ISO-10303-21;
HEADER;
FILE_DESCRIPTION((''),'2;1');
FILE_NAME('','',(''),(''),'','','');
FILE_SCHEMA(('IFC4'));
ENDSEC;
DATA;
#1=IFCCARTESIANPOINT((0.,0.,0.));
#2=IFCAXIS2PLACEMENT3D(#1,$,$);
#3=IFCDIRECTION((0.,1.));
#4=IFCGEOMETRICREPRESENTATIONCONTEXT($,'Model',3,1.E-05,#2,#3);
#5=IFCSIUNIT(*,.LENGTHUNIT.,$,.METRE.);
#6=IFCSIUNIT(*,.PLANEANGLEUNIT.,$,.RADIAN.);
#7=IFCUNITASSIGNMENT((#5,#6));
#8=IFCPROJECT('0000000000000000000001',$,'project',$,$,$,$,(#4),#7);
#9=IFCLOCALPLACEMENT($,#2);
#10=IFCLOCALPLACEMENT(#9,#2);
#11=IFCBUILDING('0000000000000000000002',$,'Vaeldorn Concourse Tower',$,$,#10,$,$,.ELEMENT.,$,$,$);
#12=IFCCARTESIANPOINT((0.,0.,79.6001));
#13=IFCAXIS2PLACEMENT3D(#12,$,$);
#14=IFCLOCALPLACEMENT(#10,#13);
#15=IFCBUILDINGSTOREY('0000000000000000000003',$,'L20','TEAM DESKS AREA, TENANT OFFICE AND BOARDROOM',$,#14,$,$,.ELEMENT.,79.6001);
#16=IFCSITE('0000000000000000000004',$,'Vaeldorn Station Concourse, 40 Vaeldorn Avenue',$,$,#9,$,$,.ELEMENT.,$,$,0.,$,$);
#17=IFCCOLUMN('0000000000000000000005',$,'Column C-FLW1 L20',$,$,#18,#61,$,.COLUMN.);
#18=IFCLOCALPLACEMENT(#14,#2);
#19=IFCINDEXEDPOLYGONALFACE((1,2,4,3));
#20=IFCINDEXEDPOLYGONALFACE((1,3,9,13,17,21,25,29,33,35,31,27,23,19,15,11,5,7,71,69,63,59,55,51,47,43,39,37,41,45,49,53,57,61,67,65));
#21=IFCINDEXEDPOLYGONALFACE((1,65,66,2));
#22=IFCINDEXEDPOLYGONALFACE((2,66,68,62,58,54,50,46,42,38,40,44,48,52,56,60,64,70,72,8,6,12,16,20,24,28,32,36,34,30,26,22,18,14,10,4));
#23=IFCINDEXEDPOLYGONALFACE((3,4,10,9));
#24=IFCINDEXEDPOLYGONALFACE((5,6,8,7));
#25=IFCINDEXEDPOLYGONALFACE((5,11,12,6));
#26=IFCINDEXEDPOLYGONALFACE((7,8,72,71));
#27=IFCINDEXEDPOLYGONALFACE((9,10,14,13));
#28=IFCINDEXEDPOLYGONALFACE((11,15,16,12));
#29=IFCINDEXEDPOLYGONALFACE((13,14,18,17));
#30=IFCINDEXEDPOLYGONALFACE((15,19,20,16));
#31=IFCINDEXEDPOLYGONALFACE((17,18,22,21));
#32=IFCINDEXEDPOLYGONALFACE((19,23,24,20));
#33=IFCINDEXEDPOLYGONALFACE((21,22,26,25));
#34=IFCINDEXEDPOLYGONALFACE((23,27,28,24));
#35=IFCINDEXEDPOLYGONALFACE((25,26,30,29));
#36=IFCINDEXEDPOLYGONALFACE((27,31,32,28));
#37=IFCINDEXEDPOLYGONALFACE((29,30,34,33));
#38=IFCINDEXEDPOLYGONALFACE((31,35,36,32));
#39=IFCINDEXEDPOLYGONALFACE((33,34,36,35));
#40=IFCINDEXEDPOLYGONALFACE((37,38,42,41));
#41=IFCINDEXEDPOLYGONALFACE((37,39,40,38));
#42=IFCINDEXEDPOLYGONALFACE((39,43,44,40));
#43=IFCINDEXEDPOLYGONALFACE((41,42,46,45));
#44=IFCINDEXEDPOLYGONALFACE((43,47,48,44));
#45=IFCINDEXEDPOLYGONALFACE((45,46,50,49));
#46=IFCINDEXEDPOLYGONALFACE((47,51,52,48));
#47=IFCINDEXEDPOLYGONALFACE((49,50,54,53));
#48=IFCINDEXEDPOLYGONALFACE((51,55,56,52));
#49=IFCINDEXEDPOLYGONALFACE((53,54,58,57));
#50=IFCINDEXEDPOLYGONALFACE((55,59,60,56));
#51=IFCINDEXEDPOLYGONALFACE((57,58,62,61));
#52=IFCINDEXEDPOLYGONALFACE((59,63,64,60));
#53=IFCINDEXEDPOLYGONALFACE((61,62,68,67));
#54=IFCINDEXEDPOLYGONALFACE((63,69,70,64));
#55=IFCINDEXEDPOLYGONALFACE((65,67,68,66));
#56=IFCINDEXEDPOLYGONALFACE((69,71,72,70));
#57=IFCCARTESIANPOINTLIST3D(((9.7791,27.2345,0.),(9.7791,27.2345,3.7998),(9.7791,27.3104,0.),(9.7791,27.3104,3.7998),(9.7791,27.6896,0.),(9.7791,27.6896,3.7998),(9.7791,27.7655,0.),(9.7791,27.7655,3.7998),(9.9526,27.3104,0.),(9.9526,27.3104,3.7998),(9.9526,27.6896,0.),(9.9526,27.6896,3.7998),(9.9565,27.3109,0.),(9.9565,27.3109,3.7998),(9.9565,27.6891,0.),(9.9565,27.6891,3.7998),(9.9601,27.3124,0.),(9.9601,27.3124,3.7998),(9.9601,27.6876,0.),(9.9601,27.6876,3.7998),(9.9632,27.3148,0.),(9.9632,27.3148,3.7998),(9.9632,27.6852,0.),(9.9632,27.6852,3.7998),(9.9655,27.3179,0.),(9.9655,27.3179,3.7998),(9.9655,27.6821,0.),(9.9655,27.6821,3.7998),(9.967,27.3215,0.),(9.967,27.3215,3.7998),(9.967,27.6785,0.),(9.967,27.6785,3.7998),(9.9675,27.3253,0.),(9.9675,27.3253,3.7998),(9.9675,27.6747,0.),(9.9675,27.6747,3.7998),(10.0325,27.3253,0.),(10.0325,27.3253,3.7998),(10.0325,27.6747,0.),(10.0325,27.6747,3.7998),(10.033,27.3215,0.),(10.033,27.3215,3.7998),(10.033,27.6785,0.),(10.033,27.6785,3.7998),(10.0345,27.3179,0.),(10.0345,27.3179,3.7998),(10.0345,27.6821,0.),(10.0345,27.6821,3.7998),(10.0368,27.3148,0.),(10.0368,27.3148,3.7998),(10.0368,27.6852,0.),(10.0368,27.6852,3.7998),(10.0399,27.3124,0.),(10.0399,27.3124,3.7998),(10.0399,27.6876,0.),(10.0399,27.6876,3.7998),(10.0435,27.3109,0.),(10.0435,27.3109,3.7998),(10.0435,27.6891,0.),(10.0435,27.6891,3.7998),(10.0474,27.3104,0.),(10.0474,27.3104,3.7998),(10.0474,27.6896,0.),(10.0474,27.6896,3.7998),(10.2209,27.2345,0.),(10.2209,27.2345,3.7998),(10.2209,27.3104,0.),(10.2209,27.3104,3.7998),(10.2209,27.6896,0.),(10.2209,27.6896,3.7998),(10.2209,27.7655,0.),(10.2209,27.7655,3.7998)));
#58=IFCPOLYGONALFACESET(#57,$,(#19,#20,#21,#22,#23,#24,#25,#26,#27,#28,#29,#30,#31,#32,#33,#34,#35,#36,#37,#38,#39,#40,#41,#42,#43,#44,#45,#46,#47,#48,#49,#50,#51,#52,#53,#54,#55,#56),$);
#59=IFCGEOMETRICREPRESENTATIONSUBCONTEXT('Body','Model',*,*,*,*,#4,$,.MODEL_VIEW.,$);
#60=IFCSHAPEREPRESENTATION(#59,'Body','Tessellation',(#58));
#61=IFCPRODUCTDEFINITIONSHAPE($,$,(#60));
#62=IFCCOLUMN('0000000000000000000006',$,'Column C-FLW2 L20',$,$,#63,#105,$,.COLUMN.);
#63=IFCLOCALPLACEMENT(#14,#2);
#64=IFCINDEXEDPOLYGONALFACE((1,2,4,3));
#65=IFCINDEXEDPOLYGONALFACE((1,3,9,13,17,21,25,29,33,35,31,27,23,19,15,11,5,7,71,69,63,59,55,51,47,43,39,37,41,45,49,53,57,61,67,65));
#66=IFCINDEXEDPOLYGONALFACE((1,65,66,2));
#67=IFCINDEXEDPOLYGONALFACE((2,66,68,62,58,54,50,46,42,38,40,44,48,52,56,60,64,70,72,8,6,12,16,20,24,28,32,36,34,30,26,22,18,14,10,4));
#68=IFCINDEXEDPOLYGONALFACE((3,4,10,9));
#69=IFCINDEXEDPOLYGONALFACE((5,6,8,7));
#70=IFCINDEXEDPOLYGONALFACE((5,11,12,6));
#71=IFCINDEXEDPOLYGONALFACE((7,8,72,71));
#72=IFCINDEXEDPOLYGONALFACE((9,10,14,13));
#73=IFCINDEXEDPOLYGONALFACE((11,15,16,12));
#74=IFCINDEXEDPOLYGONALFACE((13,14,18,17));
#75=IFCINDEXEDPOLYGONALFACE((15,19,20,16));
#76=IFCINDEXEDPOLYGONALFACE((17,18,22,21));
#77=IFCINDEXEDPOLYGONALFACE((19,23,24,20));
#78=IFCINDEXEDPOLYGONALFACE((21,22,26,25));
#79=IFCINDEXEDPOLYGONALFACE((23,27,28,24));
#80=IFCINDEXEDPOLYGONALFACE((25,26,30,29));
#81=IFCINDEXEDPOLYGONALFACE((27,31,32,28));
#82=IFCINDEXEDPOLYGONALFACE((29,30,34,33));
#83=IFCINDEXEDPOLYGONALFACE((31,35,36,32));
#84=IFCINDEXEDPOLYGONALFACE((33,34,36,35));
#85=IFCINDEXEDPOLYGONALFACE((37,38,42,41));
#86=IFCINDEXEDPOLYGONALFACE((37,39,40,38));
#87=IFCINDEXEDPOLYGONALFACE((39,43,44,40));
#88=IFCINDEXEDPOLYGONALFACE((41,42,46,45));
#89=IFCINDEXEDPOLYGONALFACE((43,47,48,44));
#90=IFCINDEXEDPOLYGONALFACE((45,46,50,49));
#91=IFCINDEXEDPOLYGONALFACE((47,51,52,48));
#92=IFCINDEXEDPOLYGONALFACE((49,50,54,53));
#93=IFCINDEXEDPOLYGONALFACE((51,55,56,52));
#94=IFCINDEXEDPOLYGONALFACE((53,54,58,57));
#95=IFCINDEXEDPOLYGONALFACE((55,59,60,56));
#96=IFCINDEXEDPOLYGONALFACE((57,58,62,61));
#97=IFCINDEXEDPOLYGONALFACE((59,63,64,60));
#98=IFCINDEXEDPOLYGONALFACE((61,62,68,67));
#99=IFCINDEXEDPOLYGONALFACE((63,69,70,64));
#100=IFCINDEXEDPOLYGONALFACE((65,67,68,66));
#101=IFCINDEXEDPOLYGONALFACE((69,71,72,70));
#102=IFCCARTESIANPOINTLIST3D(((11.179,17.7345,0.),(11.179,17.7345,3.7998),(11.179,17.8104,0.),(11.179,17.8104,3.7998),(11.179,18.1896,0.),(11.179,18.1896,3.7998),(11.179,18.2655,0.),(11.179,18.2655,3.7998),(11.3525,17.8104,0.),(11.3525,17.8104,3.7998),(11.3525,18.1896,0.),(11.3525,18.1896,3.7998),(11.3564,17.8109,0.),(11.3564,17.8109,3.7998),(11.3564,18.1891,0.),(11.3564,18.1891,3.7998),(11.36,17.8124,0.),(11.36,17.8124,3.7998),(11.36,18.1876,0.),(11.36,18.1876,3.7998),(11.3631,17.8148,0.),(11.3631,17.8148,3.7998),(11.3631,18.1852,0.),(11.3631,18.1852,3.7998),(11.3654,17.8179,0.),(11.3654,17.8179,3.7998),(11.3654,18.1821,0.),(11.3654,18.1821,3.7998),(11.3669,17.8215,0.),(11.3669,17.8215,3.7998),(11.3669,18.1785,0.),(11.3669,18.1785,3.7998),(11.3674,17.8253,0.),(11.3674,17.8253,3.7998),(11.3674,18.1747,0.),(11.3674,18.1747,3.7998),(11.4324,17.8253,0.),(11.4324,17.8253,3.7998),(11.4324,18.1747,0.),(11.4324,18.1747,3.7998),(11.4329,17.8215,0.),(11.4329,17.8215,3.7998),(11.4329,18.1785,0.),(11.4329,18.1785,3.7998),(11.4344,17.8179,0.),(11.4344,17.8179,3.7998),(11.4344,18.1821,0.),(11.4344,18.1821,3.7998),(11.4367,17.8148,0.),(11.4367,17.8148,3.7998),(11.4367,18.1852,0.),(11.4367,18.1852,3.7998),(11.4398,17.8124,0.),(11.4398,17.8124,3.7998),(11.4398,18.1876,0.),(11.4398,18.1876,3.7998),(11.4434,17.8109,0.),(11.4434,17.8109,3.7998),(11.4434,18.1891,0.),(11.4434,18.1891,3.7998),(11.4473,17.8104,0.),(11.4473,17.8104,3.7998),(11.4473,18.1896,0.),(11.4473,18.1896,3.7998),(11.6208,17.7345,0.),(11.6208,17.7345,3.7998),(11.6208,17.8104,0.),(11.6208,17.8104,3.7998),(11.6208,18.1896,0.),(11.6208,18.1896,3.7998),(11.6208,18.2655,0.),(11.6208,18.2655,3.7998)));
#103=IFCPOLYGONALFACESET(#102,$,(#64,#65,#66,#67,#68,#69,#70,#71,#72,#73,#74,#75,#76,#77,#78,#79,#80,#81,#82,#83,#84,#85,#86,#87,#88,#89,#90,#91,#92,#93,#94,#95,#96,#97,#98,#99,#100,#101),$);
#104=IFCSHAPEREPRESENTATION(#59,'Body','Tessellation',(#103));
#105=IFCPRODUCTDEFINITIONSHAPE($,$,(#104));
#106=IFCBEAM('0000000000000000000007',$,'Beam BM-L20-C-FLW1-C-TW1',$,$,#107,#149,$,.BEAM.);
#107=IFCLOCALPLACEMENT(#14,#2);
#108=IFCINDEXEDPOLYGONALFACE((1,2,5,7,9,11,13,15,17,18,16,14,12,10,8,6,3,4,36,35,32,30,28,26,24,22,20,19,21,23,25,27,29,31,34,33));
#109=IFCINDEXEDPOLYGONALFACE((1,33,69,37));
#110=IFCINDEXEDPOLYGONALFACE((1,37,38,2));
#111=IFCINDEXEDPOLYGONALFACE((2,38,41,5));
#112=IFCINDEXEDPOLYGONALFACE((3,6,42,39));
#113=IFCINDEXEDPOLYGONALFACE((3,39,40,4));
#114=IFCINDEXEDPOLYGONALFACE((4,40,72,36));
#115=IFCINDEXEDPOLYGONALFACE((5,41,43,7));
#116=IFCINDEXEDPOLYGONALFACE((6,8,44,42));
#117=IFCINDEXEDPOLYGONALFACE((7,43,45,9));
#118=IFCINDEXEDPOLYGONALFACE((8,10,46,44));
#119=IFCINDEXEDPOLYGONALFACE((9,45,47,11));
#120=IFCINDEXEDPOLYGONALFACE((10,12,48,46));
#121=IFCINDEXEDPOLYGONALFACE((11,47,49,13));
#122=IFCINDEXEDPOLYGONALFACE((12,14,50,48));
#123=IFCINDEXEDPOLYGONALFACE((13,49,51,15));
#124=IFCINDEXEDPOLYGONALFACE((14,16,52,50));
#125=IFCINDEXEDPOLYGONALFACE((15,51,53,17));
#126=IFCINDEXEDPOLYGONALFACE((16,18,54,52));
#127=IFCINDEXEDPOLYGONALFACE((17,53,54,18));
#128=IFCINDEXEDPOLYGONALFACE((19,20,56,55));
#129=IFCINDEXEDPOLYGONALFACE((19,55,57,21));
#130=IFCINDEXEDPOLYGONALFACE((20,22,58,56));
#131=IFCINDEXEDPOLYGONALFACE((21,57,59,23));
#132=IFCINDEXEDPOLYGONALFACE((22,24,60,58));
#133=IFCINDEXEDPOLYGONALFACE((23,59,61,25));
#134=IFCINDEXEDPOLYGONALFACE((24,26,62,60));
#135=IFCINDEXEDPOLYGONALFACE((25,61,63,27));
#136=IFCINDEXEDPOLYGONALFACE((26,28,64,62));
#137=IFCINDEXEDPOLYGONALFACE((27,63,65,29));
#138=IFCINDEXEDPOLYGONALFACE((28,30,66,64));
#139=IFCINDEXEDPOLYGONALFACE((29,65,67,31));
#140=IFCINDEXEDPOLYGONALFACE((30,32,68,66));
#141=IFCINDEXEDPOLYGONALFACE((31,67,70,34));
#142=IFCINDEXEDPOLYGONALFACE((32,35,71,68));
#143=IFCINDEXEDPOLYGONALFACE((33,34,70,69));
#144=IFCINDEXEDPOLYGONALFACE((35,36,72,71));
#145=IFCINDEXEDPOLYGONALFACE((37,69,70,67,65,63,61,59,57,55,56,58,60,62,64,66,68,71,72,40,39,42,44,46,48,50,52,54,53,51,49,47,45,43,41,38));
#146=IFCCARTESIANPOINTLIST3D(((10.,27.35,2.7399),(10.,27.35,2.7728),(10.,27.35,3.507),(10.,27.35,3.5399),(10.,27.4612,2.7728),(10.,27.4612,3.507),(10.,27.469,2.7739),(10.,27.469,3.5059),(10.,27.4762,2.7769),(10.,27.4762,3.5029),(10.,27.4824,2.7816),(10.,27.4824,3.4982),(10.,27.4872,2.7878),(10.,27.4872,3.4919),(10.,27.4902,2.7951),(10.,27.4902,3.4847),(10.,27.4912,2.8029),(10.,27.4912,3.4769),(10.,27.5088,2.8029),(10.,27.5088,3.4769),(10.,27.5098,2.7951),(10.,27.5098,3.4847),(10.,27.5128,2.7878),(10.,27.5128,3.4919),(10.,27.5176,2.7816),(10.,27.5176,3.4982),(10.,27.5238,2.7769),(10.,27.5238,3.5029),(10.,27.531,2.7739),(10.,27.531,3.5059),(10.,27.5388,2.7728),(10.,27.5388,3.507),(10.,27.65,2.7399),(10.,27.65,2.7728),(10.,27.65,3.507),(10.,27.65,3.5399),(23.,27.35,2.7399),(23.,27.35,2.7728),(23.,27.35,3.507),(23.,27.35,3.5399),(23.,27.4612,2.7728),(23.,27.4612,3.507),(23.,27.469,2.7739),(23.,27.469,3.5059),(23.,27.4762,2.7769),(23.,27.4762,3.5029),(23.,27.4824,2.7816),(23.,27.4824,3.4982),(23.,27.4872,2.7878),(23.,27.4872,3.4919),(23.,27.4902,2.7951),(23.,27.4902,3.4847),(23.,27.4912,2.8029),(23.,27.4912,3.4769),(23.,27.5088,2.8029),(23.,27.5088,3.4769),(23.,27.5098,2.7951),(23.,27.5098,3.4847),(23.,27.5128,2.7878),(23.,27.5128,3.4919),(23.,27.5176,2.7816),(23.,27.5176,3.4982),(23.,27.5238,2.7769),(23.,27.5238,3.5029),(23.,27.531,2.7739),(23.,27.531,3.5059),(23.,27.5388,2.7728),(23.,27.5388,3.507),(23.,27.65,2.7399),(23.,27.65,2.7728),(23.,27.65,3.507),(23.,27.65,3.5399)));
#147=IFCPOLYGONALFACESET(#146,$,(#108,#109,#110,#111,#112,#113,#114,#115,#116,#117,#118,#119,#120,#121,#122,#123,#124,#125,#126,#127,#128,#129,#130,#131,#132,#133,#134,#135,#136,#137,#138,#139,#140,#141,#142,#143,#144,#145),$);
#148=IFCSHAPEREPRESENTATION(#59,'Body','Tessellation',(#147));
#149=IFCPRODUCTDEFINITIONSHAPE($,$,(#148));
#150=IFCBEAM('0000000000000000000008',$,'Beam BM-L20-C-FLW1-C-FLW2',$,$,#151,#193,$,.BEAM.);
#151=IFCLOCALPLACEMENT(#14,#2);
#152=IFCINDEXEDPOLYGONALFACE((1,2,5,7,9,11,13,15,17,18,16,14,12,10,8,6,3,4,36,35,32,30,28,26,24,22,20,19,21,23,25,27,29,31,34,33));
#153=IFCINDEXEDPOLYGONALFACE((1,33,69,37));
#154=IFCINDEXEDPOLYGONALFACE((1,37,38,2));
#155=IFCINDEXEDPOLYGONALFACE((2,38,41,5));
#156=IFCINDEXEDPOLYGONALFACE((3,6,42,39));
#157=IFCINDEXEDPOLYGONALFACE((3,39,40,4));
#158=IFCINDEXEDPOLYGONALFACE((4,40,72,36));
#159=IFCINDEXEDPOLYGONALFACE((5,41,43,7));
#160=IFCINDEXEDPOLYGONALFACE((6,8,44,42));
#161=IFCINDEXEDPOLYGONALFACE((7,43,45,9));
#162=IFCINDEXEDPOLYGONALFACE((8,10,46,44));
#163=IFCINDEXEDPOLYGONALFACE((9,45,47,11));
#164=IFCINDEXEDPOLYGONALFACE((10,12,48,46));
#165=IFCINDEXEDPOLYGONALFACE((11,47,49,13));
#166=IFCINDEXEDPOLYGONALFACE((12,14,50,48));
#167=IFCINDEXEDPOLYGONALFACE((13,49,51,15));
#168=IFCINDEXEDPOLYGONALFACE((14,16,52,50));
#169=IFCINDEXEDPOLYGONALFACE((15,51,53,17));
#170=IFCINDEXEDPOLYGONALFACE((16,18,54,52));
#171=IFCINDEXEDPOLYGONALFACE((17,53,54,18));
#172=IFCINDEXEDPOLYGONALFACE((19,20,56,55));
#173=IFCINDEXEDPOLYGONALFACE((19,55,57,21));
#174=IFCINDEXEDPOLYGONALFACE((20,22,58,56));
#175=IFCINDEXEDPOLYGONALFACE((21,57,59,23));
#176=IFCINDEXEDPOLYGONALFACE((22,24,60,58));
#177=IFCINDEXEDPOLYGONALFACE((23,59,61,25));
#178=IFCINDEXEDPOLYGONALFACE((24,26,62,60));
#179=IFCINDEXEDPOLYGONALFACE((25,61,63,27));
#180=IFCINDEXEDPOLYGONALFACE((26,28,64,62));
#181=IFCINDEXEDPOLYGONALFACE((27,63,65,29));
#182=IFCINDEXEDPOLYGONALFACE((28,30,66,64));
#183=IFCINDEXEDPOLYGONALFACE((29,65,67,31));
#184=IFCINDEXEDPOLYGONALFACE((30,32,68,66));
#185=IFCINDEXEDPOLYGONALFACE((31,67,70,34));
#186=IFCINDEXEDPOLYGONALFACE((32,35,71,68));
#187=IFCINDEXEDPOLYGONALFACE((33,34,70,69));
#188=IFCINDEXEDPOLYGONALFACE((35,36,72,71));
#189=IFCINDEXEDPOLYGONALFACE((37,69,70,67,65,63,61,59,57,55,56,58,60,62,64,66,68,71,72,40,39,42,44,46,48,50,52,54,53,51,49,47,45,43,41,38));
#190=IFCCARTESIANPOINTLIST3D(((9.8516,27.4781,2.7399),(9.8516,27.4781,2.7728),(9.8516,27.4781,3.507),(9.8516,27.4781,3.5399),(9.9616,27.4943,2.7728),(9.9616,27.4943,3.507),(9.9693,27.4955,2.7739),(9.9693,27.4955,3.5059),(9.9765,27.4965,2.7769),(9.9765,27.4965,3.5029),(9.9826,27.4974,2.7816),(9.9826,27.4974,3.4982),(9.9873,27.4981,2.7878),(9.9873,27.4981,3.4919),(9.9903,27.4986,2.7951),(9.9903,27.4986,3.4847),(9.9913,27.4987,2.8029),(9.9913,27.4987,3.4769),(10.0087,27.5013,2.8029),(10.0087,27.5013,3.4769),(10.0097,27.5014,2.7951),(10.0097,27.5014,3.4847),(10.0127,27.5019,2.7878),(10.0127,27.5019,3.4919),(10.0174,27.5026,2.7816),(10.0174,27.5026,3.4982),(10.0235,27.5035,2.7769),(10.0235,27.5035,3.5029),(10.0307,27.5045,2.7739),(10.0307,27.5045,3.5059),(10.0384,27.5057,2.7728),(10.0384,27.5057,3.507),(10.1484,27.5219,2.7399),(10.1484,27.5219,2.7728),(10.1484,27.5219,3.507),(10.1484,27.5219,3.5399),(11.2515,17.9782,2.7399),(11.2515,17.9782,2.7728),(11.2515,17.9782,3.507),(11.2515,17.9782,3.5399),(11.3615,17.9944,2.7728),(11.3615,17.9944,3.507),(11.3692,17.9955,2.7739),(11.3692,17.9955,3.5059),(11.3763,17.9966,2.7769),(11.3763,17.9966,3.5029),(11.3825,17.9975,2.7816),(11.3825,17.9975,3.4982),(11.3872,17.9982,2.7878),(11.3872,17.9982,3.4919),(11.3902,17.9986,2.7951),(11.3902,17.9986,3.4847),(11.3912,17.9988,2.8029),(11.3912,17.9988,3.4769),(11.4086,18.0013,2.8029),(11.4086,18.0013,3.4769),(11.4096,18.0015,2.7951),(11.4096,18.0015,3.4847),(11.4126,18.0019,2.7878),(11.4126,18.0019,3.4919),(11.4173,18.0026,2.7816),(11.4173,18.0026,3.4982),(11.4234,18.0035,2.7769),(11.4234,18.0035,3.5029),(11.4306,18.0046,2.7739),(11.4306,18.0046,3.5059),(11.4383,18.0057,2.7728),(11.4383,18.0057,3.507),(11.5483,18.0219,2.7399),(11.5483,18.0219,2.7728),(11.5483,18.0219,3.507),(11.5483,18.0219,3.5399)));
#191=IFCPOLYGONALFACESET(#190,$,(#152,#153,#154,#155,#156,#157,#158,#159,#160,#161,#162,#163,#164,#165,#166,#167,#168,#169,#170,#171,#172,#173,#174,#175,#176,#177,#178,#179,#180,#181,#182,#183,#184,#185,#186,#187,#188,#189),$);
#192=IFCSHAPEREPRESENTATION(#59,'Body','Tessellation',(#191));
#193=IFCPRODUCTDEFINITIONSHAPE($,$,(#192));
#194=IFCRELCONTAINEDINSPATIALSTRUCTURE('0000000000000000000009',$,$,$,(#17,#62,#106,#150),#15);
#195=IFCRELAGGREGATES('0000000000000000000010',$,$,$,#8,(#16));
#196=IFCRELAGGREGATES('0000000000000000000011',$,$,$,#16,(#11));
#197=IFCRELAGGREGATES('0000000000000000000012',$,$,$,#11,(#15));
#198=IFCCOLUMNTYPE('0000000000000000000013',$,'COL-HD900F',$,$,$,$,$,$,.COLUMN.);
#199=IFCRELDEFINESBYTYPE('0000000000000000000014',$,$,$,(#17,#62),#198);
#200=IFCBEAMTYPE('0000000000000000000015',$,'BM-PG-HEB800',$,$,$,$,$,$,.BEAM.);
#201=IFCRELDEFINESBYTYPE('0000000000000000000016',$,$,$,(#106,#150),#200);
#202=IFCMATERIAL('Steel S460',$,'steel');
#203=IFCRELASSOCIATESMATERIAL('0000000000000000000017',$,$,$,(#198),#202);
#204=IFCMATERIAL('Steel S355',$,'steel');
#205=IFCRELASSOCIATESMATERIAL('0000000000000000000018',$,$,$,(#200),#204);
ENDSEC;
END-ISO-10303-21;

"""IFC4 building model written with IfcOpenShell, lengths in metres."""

from ifc_helpers import new_model, si_unit, direction, frame, origin, origin_2d, place, context, subcontext, project, spatial, i_section, extrude, source, transform, mapped, material, material_profile, profile_set, type_object, element, save


model = new_model("IFC4")

# Units and contexts
model_context = context("Model", 3, precision=1e-05, world=origin(), true_north=direction((0.0, 1.0)))
body_context = subcontext(model_context, "Body", "Model", "MODEL_VIEW")
ifc_project = project(units=[si_unit("LENGTHUNIT", "METRE"), si_unit("PLANEANGLEUNIT", "RADIAN")], contexts=[model_context])

# Site, building, storey
site_placement = place(None, origin())
site = spatial("IfcSite", under=ifc_project, at=site_placement, Name="Vaeldorn Station Concourse, 40 Vaeldorn Avenue", CompositionType="ELEMENT", RefElevation=0.0)
building_placement = place(site_placement, origin())
building = spatial("IfcBuilding", under=site, at=building_placement, Name="Vaeldorn Concourse Tower", CompositionType="ELEMENT")
storey_placement = place(building_placement, frame((0.0, 0.0, 79.6001)))
storey = spatial("IfcBuildingStorey", under=building, at=storey_placement, Name="L20", Description="TEAM DESKS AREA, TENANT OFFICE AND BOARDROOM", CompositionType="ELEMENT", Elevation=79.6001)

# Columns
ifc_material_1 = material(Name="Steel S460", Category="steel")
ifc_material_profile_1 = material_profile(ifc_material_1, i_section(OverallWidth=0.4419, OverallDepth=0.531, WebThickness=0.0649, FlangeThickness=0.0759, FilletRadius=0.0149, at=origin_2d()), Name="HD 400x900")
ifc_profile_set_1 = profile_set([ifc_material_profile_1], Name="Steel S460")
column_type = type_object("IfcColumnType", Name="COL-HD900F", PredefinedType="COLUMN", material=ifc_profile_set_1)
shared_shape_1 = source(origin(), body_context, "Body", "SweptSolid", [
    extrude(i_section(OverallWidth=0.4419, OverallDepth=0.531, WebThickness=0.0649, FlangeThickness=0.0759, FilletRadius=0.0149, at=origin_2d()), origin(), (0.0, 0.0, 1.0), 3.7998),
])
for number, where, z_axis, x_axis, name in (
    (1, (10.0, 27.5, 0.0), (0.0, 0.0, 1.0), (1.0, 0.0, 0.0), "Column C-FLW1 L20"),
    (2, (11.3999, 18.0, 0.0), (0.0, 0.0, 1.0), (1.0, 0.0, 0.0), "Column C-FLW2 L20"),
):
    element("IfcColumn", number, at=place(storey_placement, frame(where, z_axis=z_axis, x_axis=x_axis)), inside=storey, type_object=column_type, Name=name, PredefinedType="COLUMN", context=body_context, shape_type="MappedRepresentation", body=[
        mapped(shared_shape_1, transform((0.0, 0.0, 0.0), scale=1.0)),
    ])

# Beams
ifc_material_2 = material(Name="Steel S355", Category="steel")
ifc_material_profile_2 = material_profile(ifc_material_2, i_section(OverallWidth=0.3, OverallDepth=0.8, WebThickness=0.0176, FlangeThickness=0.033, FilletRadius=0.03, at=origin_2d()), Name="HEB 800")
ifc_profile_set_2 = profile_set([ifc_material_profile_2], Name="Steel S355")
beam_type_1 = type_object("IfcBeamType", Name="BM-PG-HEB800", PredefinedType="BEAM", material=ifc_profile_set_2)
shared_shape_2 = source(origin(), body_context, "Body", "SweptSolid", [
    extrude(i_section(OverallWidth=0.3, OverallDepth=0.8, WebThickness=0.0176, FlangeThickness=0.033, FilletRadius=0.03, at=origin_2d()), origin(), (0.0, 0.0, 1.0), 13.0),
])
beam_1_placement = place(storey_placement, frame((10.0, 27.5, 3.1399), z_axis=(1.0, 0.0, 0.0), x_axis=(0.0, 1.0, 0.0)))
element("IfcBeam", 3, at=beam_1_placement, inside=storey, type_object=beam_type_1, Name="Beam BM-L20-C-FLW1-C-TW1", PredefinedType="BEAM", context=body_context, shape_type="MappedRepresentation", body=[
    mapped(shared_shape_2, transform((0.0, 0.0, 0.0), scale=1.0)),
])
shared_shape_3 = source(origin(), body_context, "Body", "SweptSolid", [
    extrude(i_section(OverallWidth=0.3, OverallDepth=0.8, WebThickness=0.0176, FlangeThickness=0.033, FilletRadius=0.03, at=origin_2d()), origin(), (0.0, 0.0, 1.0), 9.6025),
])
beam_2_placement = place(storey_placement, frame((10.0, 27.5, 3.1399), z_axis=(0.145784, -0.989316, 0.0), x_axis=(0.989316, 0.145784, 0.0)))
element("IfcBeam", 4, at=beam_2_placement, inside=storey, type_object=beam_type_1, Name="Beam BM-L20-C-FLW1-C-FLW2", PredefinedType="BEAM", context=body_context, shape_type="MappedRepresentation", body=[
    mapped(shared_shape_3, transform((0.0, 0.0, 0.0), scale=1.0)),
])

save(model, "model.ifc")
